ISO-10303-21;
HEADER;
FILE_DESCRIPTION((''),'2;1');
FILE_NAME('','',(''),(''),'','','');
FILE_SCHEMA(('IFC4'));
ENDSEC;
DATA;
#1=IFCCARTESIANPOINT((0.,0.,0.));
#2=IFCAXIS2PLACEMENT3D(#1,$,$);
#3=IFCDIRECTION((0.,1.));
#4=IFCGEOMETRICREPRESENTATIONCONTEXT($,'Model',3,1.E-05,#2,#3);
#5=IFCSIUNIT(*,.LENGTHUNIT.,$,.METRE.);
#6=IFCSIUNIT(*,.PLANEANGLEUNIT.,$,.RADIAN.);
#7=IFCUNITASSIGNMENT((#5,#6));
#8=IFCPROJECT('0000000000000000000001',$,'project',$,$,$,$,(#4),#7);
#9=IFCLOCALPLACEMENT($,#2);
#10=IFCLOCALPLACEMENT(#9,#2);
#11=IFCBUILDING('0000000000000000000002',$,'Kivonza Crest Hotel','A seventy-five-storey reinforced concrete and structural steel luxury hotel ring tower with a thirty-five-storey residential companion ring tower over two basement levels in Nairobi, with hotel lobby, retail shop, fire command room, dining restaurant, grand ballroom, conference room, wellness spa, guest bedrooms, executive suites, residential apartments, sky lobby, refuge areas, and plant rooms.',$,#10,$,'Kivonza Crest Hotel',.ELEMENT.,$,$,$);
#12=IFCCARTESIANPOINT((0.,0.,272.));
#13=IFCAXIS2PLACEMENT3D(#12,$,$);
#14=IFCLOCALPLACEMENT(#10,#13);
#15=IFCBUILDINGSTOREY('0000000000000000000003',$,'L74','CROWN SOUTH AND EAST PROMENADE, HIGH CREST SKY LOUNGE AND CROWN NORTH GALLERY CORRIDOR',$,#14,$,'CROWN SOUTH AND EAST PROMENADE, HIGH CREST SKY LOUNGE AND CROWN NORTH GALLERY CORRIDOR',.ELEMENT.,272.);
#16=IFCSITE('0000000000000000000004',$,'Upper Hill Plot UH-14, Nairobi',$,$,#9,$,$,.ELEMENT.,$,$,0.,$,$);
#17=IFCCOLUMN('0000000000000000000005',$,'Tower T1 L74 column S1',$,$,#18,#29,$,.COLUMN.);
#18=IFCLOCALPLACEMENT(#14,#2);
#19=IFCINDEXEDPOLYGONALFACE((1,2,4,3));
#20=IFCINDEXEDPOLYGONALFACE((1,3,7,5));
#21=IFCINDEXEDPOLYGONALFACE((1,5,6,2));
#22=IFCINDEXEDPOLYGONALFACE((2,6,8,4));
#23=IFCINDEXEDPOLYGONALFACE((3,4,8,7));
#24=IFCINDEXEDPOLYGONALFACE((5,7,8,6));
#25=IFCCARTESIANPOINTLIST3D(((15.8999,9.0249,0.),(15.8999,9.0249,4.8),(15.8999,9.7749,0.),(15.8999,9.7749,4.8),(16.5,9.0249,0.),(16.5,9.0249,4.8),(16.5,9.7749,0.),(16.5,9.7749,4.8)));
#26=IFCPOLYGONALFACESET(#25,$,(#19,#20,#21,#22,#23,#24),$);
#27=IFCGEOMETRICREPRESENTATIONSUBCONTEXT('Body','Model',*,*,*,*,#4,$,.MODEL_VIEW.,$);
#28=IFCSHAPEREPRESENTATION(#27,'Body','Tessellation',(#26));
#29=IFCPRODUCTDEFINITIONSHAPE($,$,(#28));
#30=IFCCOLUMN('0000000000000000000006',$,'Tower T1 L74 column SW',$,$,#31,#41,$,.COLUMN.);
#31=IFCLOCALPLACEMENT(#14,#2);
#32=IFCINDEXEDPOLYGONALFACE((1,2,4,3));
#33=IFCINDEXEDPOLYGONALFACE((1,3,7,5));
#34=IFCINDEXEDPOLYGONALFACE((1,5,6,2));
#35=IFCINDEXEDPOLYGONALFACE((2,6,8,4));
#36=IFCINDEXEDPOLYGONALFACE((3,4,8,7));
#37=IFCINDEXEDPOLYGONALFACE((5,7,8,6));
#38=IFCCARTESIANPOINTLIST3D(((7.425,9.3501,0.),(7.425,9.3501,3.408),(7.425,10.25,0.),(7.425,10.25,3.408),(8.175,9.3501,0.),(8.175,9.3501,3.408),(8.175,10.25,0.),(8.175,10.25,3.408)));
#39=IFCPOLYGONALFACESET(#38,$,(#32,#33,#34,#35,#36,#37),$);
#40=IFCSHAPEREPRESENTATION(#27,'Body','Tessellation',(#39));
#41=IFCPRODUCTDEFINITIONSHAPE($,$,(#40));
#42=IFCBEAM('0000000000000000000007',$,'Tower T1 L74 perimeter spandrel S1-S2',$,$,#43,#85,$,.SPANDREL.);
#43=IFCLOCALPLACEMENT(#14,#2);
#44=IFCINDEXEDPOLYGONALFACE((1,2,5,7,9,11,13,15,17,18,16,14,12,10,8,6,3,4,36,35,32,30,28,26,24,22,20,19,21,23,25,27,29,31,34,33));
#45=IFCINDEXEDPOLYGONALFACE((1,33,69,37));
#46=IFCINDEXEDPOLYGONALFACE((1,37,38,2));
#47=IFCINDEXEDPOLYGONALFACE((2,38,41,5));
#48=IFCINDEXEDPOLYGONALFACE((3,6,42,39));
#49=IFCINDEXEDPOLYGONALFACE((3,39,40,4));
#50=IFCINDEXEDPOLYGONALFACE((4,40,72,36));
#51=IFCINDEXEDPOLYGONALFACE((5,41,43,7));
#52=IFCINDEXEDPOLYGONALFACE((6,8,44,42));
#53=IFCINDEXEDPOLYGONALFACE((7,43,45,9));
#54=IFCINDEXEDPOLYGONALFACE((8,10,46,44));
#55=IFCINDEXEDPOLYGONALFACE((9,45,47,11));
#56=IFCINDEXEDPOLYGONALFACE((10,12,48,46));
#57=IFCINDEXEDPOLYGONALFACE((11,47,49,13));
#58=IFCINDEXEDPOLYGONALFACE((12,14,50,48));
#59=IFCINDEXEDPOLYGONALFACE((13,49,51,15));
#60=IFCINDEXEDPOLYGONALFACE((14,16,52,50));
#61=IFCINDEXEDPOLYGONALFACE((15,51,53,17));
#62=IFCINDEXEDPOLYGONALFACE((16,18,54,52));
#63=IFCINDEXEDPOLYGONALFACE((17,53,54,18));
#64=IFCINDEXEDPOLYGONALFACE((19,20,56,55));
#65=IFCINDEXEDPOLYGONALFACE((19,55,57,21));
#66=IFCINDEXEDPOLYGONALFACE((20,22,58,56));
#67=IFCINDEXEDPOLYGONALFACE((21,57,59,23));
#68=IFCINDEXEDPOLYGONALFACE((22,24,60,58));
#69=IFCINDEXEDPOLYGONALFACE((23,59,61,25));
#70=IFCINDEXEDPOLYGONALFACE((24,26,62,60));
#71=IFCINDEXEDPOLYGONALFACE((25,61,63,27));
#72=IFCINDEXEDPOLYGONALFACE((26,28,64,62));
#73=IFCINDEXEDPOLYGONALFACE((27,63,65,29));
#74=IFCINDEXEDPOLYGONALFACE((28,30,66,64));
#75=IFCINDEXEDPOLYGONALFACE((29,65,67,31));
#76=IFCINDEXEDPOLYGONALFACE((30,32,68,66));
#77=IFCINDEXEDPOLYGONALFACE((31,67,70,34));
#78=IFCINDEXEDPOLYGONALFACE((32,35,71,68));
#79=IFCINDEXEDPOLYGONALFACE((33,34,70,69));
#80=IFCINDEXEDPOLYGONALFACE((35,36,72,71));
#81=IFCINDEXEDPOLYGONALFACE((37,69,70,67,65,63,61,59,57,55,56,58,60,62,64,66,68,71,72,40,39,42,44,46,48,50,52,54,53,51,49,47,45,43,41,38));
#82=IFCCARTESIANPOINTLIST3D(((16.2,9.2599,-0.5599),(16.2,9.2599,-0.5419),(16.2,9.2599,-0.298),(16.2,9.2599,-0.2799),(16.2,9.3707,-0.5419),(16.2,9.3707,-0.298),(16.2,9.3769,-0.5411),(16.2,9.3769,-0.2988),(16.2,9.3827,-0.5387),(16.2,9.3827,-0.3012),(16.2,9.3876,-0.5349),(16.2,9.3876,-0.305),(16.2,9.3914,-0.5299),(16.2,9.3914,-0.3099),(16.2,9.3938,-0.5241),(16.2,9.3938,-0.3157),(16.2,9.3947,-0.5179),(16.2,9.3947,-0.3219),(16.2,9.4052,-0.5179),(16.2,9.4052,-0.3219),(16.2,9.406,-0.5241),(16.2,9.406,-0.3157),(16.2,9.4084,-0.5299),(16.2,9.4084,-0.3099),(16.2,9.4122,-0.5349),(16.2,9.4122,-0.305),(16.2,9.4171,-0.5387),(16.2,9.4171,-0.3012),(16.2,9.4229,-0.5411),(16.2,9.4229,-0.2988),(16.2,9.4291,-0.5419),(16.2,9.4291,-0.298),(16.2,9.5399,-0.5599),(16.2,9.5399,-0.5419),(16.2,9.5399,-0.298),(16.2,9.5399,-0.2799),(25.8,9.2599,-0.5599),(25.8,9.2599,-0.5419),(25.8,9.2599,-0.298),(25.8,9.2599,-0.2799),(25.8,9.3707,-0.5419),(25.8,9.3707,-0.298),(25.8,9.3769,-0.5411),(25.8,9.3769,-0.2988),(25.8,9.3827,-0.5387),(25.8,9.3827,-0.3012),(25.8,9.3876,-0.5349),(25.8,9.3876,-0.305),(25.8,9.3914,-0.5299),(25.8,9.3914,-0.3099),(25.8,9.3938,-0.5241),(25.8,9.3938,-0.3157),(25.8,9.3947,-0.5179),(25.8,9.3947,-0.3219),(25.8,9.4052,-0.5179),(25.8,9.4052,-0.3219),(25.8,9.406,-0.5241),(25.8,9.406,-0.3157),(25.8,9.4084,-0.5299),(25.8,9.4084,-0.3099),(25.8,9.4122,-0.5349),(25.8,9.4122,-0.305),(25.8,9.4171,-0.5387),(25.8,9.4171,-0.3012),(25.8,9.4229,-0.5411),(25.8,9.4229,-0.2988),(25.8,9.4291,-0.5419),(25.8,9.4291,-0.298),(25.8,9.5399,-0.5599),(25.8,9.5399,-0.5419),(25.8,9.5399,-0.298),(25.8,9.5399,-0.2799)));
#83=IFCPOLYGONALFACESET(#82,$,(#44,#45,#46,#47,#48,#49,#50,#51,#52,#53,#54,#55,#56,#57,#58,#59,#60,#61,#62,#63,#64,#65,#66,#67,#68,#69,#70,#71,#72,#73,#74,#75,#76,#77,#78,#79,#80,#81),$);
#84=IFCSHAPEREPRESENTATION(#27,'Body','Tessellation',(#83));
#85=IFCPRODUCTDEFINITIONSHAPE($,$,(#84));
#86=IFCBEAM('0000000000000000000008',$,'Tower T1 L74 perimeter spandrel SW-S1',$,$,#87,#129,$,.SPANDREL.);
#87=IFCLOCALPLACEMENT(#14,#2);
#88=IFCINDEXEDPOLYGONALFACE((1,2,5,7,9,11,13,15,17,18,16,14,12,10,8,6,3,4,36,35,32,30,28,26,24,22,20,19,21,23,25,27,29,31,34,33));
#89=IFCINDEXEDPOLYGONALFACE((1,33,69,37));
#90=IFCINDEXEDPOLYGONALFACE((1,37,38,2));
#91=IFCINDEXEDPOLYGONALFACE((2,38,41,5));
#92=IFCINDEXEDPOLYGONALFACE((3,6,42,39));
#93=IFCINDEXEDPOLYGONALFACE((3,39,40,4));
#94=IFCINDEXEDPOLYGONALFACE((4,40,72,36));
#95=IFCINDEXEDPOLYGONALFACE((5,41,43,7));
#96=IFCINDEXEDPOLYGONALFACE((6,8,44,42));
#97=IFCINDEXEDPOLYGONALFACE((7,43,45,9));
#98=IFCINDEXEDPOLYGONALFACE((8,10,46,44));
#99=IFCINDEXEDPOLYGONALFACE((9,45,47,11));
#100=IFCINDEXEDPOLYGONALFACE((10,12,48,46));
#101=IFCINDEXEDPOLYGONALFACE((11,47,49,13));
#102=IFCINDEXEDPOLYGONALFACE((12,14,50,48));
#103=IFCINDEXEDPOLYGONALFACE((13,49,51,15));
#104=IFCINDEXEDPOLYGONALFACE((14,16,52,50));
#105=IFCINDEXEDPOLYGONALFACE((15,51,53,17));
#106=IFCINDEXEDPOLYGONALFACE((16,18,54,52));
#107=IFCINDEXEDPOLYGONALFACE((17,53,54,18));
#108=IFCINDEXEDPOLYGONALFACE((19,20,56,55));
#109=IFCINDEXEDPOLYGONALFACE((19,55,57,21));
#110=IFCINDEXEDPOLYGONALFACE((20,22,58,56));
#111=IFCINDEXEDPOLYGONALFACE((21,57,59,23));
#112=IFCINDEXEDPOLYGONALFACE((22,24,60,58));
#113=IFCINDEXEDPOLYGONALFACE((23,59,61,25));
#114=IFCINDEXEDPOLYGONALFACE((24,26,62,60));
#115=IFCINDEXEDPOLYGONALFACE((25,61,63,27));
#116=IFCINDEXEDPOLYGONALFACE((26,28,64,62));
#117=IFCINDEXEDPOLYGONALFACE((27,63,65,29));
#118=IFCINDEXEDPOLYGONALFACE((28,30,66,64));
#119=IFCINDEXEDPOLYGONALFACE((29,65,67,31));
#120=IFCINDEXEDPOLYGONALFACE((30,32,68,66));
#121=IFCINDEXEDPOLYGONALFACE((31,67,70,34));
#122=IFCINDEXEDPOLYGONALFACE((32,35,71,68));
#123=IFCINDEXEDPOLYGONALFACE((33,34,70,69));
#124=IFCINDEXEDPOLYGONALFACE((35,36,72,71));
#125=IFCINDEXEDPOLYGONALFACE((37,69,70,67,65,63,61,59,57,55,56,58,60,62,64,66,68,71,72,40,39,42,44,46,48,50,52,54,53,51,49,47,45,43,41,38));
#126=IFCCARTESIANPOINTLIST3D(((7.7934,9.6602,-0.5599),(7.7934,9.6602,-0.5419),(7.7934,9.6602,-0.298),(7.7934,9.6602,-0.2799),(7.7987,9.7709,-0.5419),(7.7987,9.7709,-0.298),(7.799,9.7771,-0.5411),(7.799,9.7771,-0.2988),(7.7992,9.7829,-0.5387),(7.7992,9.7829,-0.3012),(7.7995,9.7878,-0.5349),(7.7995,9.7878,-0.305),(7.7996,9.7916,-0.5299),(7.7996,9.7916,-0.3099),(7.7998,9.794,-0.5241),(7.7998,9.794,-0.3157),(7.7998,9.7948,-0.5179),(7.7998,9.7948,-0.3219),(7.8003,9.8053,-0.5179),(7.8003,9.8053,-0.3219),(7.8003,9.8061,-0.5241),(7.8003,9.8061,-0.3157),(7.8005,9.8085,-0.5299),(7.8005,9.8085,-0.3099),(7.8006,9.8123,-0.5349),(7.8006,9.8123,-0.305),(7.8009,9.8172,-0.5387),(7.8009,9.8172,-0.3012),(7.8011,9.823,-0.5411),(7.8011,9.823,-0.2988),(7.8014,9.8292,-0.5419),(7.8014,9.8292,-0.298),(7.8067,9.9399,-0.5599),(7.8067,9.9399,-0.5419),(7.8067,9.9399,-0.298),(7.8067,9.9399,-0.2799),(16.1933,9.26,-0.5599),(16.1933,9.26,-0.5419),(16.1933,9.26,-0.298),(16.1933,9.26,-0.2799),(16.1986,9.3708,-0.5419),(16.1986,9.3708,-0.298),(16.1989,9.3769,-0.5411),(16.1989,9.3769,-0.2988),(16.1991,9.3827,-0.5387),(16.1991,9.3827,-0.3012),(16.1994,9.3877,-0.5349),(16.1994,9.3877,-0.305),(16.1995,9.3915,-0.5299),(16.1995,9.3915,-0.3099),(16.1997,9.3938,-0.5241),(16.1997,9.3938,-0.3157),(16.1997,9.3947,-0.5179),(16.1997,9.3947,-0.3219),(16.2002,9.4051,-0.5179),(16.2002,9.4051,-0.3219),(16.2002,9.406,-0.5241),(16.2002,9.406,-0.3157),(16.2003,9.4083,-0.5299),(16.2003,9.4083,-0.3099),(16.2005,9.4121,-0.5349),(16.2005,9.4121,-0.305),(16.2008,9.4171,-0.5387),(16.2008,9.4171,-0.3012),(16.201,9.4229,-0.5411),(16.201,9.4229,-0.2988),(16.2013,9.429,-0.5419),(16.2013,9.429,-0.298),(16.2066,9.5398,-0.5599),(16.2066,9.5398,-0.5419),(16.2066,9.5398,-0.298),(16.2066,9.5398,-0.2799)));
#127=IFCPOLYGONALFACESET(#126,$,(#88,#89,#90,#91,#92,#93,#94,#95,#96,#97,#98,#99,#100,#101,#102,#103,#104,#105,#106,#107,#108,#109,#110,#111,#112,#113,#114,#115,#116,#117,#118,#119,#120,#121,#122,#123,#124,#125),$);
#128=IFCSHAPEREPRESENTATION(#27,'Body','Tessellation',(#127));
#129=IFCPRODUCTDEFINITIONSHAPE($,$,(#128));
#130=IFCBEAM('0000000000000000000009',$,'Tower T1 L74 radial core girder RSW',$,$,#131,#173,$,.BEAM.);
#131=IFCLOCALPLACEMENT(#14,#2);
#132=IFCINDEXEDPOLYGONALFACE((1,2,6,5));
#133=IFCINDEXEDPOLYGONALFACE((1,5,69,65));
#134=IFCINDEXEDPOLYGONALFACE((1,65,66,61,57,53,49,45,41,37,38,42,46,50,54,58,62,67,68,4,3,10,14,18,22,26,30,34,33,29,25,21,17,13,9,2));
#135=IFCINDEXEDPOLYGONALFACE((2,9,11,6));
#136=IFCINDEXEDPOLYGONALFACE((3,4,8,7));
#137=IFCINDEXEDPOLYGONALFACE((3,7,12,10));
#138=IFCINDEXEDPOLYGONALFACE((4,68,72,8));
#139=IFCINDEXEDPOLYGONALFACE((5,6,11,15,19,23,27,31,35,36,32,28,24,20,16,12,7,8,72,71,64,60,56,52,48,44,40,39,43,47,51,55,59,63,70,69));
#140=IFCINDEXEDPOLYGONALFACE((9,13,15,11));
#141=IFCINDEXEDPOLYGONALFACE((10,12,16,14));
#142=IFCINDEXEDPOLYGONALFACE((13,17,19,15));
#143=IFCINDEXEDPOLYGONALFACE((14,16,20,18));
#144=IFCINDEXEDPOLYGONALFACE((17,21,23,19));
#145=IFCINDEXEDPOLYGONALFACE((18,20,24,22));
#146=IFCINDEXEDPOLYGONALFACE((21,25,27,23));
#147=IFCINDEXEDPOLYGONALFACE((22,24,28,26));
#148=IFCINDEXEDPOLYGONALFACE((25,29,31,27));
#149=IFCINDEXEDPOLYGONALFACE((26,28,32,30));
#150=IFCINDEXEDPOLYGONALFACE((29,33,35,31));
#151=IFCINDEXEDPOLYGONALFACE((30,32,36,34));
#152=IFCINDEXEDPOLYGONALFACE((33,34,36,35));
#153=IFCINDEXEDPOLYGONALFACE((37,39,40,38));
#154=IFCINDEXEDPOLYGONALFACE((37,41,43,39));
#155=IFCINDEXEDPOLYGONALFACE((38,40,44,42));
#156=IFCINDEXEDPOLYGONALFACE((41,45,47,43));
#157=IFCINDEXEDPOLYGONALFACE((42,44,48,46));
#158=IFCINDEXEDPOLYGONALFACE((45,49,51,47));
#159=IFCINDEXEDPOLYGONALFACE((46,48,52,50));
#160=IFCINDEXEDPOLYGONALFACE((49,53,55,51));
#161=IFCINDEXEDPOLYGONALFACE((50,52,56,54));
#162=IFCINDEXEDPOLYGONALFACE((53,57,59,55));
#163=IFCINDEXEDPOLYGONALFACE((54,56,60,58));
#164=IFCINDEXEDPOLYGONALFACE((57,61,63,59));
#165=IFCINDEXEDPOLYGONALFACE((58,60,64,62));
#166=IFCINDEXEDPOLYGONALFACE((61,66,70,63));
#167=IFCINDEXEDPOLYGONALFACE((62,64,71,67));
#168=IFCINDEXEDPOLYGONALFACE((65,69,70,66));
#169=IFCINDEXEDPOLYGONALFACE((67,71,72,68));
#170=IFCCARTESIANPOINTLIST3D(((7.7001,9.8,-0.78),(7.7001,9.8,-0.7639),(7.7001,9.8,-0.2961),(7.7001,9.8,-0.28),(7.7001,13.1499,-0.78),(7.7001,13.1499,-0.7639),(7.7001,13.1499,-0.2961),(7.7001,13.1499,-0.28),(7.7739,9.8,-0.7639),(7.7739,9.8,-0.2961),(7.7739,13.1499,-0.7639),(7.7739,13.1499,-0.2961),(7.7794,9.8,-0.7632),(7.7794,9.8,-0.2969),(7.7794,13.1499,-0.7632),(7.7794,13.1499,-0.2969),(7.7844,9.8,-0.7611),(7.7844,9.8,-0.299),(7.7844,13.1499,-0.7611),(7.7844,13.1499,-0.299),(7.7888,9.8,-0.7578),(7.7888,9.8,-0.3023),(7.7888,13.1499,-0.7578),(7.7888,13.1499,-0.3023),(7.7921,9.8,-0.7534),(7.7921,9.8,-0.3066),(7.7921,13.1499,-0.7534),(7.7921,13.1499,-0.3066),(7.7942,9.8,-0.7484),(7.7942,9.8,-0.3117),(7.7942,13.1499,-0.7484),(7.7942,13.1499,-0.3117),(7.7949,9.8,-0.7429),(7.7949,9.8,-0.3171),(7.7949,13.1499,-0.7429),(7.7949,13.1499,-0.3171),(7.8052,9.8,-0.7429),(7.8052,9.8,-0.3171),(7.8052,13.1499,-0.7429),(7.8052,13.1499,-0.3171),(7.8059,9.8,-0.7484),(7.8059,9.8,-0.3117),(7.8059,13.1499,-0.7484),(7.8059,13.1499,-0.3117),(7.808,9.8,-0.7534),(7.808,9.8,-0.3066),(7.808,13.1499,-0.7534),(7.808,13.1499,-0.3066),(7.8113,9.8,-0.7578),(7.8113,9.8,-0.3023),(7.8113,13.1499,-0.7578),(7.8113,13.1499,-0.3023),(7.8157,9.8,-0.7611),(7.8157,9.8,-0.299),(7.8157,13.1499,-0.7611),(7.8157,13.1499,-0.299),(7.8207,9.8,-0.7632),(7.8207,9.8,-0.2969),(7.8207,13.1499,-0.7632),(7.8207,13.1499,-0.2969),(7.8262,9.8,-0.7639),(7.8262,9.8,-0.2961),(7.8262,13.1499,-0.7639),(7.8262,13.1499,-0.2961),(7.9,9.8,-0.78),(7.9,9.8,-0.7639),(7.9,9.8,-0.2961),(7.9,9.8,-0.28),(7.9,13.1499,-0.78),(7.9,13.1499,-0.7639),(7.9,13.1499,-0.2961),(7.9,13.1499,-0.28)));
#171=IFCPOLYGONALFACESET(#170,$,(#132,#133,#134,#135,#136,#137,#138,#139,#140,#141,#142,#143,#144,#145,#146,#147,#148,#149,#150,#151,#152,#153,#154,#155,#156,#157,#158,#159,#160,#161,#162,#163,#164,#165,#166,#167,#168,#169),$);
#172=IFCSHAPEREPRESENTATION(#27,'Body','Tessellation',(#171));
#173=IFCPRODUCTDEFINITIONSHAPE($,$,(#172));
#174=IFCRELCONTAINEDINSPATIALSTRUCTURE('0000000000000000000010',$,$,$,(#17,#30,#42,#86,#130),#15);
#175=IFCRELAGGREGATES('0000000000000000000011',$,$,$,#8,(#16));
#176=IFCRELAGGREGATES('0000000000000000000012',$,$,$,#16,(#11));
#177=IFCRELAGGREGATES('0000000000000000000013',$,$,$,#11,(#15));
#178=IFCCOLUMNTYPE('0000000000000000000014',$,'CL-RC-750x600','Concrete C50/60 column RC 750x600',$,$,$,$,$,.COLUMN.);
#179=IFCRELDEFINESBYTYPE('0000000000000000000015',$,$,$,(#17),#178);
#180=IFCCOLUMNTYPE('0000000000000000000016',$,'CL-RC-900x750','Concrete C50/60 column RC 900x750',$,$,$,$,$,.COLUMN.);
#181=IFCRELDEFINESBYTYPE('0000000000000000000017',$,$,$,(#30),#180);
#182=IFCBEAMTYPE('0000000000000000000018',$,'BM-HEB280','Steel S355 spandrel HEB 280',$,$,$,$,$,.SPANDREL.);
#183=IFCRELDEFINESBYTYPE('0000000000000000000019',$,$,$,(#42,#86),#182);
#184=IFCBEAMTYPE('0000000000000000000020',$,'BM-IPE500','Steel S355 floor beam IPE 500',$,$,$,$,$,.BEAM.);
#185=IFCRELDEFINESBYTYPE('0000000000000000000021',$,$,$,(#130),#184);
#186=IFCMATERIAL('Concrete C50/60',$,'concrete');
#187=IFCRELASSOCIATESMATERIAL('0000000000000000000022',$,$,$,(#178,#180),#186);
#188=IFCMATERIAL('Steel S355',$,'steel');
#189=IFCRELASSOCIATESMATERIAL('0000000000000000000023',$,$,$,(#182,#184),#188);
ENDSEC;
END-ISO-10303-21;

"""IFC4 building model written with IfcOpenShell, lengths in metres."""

from ifc_helpers import new_model, si_unit, direction, frame, origin, origin_2d, place, context, subcontext, project, spatial, rectangle, i_section, extrude, material, material_profile, profile_set, type_object, element, save


model = new_model("IFC4")

# Units and contexts
model_context = context("Model", 3, precision=1e-05, world=origin(), true_north=direction((0.0, 1.0)))
body_context = subcontext(model_context, "Body", "Model", "MODEL_VIEW")
ifc_project = project(units=[si_unit("LENGTHUNIT", "METRE"), si_unit("PLANEANGLEUNIT", "RADIAN")], contexts=[model_context])

# Site, building, storey
site_placement = place(None, origin())
site = spatial("IfcSite", under=ifc_project, at=site_placement, Name="Upper Hill Plot UH-14, Nairobi", CompositionType="ELEMENT", RefElevation=0.0)
building_placement = place(site_placement, origin())
building = spatial("IfcBuilding", under=site, at=building_placement, Name="Kivonza Crest Hotel", Description="A seventy-five-storey reinforced concrete and structural steel luxury hotel ring tower with a thirty-five-storey residential companion ring tower over two basement levels in Nairobi, with hotel lobby, retail shop, fire command room, dining restaurant, grand ballroom, conference room, wellness spa, guest bedrooms, executive suites, residential apartments, sky lobby, refuge areas, and plant rooms.", LongName="Kivonza Crest Hotel", CompositionType="ELEMENT")
storey_placement = place(building_placement, frame((0.0, 0.0, 272.0)))
storey = spatial("IfcBuildingStorey", under=building, at=storey_placement, Name="L74", Description="CROWN SOUTH AND EAST PROMENADE, HIGH CREST SKY LOUNGE AND CROWN NORTH GALLERY CORRIDOR", LongName="CROWN SOUTH AND EAST PROMENADE, HIGH CREST SKY LOUNGE AND CROWN NORTH GALLERY CORRIDOR", CompositionType="ELEMENT", Elevation=272.0)

# Columns
ifc_material_1 = material(Name="Concrete C50/60", Category="concrete")
ifc_material_profile_1 = material_profile(ifc_material_1, rectangle(XDim=0.6001, YDim=0.75, at=origin_2d()), Name="RC 750x600")
ifc_profile_set_1 = profile_set([ifc_material_profile_1], Name="Concrete C50/60")
column_type_1 = type_object("IfcColumnType", Name="CL-RC-750x600", Description="Concrete C50/60 column RC 750x600", PredefinedType="COLUMN", material=ifc_profile_set_1)
column_1_placement = place(storey_placement, frame((16.2, 9.3999, 0.0), z_axis=(0.0, 0.0, 1.0), x_axis=(1.0, 0.0, 0.0)))
element("IfcColumn", 1, at=column_1_placement, inside=storey, type_object=column_type_1, Name="Tower T1 L74 column S1", PredefinedType="COLUMN", context=body_context, shape_type="SweptSolid", body=[
    extrude(rectangle(XDim=0.6001, YDim=0.75, at=origin_2d()), origin(), (0.0, 0.0, 1.0), 4.8),
])
ifc_material_profile_2 = material_profile(ifc_material_1, rectangle(XDim=0.75, YDim=0.8999, at=origin_2d()), Name="RC 900x750")
ifc_profile_set_2 = profile_set([ifc_material_profile_2], Name="Concrete C50/60")
column_type_2 = type_object("IfcColumnType", Name="CL-RC-900x750", Description="Concrete C50/60 column RC 900x750", PredefinedType="COLUMN", material=ifc_profile_set_2)
column_2_placement = place(storey_placement, frame((7.8, 9.8, 0.0), z_axis=(0.0, 0.0, 1.0), x_axis=(1.0, 0.0, 0.0)))
element("IfcColumn", 2, at=column_2_placement, inside=storey, type_object=column_type_2, Name="Tower T1 L74 column SW", PredefinedType="COLUMN", context=body_context, shape_type="SweptSolid", body=[
    extrude(rectangle(XDim=0.75, YDim=0.8999, at=origin_2d()), origin(), (0.0, 0.0, 1.0), 3.408),
])

# Beams
ifc_material_2 = material(Name="Steel S355", Category="steel")
ifc_material_profile_3 = material_profile(ifc_material_2, i_section(OverallWidth=0.28, OverallDepth=0.28, WebThickness=0.0105, FlangeThickness=0.0181, FilletRadius=0.0239, at=origin_2d()), Name="HEB 280")
ifc_profile_set_3 = profile_set([ifc_material_profile_3], Name="Steel S355")
beam_type_1 = type_object("IfcBeamType", Name="BM-HEB280", Description="Steel S355 spandrel HEB 280", PredefinedType="SPANDREL", material=ifc_profile_set_3)
beam_1_placement = place(storey_placement, frame((16.2, 9.3999, -0.4199), z_axis=(1.0, 0.0, 0.0), x_axis=(0.0, 1.0, 0.0)))
element("IfcBeam", 3, at=beam_1_placement, inside=storey, type_object=beam_type_1, Name="Tower T1 L74 perimeter spandrel S1-S2", PredefinedType="SPANDREL", context=body_context, shape_type="SweptSolid", body=[
    extrude(i_section(OverallWidth=0.28, OverallDepth=0.28, WebThickness=0.0105, FlangeThickness=0.0181, FilletRadius=0.0239, at=origin_2d()), origin(), (0.0, 0.0, 1.0), 9.6001),
])
beam_2_placement = place(storey_placement, frame((7.8, 9.8, -0.4199), z_axis=(0.998867, -0.047583, 0.0), x_axis=(0.047583, 0.998867, 0.0)))
element("IfcBeam", 4, at=beam_2_placement, inside=storey, type_object=beam_type_1, Name="Tower T1 L74 perimeter spandrel SW-S1", PredefinedType="SPANDREL", context=body_context, shape_type="SweptSolid", body=[
    extrude(i_section(OverallWidth=0.28, OverallDepth=0.28, WebThickness=0.0105, FlangeThickness=0.0181, FilletRadius=0.0239, at=origin_2d()), origin(), (0.0, 0.0, 1.0), 8.4094),
])
ifc_material_profile_4 = material_profile(ifc_material_2, i_section(OverallWidth=0.2, OverallDepth=0.5, WebThickness=0.0103, FlangeThickness=0.0161, FilletRadius=0.021, at=origin_2d()), Name="IPE 500")
ifc_profile_set_4 = profile_set([ifc_material_profile_4], Name="Steel S355")
beam_type_2 = type_object("IfcBeamType", Name="BM-IPE500", Description="Steel S355 floor beam IPE 500", PredefinedType="BEAM", material=ifc_profile_set_4)
beam_3_placement = place(storey_placement, frame((7.8, 9.8, -0.53), z_axis=(0.0, 1.0, 0.0), x_axis=(-1.0, 0.0, 0.0)))
element("IfcBeam", 5, at=beam_3_placement, inside=storey, type_object=beam_type_2, Name="Tower T1 L74 radial core girder RSW", PredefinedType="BEAM", context=body_context, shape_type="SweptSolid", body=[
    extrude(i_section(OverallWidth=0.2, OverallDepth=0.5, WebThickness=0.0103, FlangeThickness=0.0161, FilletRadius=0.021, at=origin_2d()), origin(), (0.0, 0.0, 1.0), 3.3499),
])

save(model, "model.ifc")
